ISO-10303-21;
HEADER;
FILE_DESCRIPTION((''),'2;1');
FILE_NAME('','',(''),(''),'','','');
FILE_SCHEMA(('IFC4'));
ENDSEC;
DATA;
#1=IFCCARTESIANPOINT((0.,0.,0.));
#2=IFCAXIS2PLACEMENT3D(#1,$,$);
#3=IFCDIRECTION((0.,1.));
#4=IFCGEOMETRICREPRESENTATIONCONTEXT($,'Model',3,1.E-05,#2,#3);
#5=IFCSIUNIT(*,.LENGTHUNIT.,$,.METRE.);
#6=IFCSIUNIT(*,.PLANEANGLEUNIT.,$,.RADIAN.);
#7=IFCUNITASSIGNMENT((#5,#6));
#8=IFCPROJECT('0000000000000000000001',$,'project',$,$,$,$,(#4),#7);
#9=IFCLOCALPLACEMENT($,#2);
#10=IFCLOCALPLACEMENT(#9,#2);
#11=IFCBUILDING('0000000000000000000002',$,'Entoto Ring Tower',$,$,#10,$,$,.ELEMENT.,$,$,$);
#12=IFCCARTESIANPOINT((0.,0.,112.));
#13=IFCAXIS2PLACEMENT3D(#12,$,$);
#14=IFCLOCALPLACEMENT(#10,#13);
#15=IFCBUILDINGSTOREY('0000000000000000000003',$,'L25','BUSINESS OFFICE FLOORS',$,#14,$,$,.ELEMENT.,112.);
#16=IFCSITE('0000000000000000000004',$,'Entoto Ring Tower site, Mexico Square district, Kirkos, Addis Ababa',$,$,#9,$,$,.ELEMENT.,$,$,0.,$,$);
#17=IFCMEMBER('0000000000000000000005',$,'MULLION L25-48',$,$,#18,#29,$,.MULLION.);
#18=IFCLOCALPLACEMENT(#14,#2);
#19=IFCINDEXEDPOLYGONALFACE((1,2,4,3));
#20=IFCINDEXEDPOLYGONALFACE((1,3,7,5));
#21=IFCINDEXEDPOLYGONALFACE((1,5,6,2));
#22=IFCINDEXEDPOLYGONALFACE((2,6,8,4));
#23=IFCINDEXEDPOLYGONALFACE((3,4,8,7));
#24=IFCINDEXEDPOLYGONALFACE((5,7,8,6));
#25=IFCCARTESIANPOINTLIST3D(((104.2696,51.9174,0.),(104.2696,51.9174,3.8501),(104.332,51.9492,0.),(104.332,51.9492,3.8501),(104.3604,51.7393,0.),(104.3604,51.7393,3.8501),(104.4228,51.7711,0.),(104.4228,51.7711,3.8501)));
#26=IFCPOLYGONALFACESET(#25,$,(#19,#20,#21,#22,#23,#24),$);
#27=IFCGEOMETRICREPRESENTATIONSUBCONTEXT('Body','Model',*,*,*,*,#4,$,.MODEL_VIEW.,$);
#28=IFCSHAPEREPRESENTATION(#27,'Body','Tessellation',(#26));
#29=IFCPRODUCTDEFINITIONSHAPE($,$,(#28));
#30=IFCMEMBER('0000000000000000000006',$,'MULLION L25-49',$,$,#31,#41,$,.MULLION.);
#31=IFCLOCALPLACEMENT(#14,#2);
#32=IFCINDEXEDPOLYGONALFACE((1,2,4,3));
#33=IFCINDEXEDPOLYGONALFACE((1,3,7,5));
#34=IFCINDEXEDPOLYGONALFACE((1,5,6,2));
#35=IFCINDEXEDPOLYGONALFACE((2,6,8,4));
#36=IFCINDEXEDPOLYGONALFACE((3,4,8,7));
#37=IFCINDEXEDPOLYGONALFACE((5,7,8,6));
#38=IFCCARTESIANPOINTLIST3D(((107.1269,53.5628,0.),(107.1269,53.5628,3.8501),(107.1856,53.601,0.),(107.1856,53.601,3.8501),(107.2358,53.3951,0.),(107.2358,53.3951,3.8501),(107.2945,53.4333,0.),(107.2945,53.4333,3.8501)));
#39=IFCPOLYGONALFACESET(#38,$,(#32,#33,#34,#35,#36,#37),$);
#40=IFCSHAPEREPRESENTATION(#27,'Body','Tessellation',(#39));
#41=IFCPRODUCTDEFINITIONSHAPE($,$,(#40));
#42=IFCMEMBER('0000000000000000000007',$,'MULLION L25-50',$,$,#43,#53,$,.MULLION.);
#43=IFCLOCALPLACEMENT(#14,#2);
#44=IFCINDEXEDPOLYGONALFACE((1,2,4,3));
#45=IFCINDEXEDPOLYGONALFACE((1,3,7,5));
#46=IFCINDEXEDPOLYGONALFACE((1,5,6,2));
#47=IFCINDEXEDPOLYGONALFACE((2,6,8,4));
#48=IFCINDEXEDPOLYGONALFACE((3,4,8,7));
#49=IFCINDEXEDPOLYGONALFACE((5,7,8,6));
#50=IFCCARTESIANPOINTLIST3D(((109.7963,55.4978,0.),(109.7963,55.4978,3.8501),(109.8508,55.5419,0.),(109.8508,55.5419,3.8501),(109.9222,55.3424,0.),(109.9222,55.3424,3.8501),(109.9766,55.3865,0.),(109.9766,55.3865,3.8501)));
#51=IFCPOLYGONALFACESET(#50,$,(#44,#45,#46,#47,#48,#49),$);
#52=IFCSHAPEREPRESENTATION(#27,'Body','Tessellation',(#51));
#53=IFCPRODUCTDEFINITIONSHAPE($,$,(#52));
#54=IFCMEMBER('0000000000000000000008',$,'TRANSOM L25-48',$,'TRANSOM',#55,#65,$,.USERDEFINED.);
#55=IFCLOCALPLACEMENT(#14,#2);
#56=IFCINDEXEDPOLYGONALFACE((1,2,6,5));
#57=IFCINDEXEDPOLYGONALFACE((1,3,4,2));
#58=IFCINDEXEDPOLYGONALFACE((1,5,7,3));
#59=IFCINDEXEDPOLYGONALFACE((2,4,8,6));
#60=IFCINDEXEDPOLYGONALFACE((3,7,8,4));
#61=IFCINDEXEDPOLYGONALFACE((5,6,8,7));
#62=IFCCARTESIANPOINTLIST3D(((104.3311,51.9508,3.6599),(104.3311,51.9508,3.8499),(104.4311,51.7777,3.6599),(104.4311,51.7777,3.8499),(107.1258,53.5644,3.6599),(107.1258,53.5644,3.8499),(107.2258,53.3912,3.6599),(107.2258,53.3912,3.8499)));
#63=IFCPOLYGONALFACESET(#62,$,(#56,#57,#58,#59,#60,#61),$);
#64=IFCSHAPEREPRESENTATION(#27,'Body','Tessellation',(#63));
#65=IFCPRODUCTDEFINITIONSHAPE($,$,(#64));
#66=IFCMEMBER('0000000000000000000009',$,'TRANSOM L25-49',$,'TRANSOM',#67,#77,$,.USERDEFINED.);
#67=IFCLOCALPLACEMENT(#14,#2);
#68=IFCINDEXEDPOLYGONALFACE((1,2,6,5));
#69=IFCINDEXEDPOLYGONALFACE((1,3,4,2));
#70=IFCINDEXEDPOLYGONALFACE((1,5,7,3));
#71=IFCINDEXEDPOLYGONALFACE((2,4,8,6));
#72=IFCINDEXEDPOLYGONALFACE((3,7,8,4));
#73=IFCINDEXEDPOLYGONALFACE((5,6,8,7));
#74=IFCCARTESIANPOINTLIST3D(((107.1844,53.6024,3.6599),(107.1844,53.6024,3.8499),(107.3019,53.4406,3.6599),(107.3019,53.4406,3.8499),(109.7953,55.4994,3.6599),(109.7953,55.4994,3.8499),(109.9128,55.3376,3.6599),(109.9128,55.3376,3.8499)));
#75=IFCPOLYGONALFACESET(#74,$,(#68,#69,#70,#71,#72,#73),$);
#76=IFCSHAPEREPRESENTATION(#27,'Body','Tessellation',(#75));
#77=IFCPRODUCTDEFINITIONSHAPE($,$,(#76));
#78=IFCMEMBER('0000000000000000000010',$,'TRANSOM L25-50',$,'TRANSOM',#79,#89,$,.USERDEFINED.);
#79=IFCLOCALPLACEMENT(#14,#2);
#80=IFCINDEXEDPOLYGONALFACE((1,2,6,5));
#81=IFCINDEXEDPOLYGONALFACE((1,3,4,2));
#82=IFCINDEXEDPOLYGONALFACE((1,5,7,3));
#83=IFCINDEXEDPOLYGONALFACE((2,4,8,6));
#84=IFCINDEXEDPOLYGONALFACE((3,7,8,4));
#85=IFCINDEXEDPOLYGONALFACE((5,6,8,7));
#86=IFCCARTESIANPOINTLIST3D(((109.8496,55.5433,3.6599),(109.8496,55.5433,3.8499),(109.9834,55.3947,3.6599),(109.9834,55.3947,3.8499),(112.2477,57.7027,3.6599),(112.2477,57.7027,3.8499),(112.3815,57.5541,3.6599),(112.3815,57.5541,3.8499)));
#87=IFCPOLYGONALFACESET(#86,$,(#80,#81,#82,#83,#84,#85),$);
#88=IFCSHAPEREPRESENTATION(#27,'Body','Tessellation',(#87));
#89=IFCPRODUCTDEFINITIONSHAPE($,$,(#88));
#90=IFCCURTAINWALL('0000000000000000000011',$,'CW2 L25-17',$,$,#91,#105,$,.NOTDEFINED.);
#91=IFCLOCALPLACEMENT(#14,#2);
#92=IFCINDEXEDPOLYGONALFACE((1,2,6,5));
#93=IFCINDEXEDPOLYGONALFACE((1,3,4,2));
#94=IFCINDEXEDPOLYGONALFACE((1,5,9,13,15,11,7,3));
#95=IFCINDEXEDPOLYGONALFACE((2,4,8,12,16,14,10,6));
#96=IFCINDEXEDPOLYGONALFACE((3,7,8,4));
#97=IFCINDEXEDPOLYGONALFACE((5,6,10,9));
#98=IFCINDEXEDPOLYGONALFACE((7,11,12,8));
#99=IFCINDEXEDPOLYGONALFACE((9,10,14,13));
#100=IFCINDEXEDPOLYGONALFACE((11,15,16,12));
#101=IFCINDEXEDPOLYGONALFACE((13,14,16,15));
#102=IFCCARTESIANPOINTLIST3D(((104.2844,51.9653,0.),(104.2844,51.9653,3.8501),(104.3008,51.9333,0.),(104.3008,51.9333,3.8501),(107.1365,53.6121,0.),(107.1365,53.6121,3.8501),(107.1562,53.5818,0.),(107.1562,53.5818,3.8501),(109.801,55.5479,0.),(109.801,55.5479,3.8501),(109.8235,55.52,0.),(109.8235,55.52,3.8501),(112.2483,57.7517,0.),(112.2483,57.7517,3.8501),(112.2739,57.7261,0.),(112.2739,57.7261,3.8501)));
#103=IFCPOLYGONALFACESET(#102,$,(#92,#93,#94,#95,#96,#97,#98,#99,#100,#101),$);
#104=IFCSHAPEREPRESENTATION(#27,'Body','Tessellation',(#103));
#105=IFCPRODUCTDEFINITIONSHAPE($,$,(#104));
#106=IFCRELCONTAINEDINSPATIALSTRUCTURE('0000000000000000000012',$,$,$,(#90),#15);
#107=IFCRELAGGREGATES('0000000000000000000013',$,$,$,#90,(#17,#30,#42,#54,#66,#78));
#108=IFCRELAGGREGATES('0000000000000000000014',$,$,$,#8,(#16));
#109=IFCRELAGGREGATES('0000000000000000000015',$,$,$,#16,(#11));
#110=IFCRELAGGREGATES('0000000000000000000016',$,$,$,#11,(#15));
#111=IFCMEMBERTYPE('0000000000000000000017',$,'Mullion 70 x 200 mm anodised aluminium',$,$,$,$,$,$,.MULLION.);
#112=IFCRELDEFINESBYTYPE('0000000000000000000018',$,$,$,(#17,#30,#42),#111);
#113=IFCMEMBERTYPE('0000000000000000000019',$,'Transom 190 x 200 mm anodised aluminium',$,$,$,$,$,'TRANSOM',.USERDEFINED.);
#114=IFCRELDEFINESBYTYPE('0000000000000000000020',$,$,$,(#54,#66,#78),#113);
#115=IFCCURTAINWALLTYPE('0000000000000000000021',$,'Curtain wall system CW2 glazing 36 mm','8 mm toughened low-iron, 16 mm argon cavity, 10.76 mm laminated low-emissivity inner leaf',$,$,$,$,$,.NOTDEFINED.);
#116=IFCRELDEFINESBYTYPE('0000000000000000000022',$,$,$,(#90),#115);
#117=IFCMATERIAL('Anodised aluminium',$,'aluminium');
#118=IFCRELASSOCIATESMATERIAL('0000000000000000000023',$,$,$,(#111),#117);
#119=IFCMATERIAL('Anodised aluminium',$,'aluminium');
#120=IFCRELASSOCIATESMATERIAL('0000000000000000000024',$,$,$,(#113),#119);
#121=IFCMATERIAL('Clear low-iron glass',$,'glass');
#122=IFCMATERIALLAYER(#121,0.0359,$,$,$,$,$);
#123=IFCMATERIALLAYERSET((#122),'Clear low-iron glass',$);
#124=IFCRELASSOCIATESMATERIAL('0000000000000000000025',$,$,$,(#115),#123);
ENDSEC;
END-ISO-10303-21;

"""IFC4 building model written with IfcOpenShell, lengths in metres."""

from ifc_helpers import new_model, si_unit, direction, frame, origin, origin_2d, place, context, subcontext, project, spatial, polyline, rectangle, outline, extrude, material, layer, layer_set, material_profile, profile_set, type_object, element, aggregate, save


model = new_model("IFC4")

# Units and contexts
model_context = context("Model", 3, precision=1e-05, world=origin(), true_north=direction((0.0, 1.0)))
body_context = subcontext(model_context, "Body", "Model", "MODEL_VIEW")
ifc_project = project(units=[si_unit("LENGTHUNIT", "METRE"), si_unit("PLANEANGLEUNIT", "RADIAN")], contexts=[model_context])

# Members
ifc_material_1 = material(Name="Anodised aluminium", Category="aluminium")
ifc_material_profile_1 = material_profile(ifc_material_1, rectangle(XDim=0.0701, YDim=0.2, at=origin_2d()), Name="Mullion 70 x 200 mm anodised aluminium")
ifc_profile_set_1 = profile_set([ifc_material_profile_1], Name="Anodised aluminium")
member_type_1 = type_object("IfcMemberType", Name="Mullion 70 x 200 mm anodised aluminium", PredefinedType="MULLION", material=ifc_profile_set_1)
site_placement = place(None, origin())
building_placement = place(site_placement, origin())
storey_placement = place(building_placement, frame((0.0, 0.0, 112.0)))
member_1_placement = place(storey_placement, frame((104.3462, 51.8442, 0.0), z_axis=(0.0, 0.0, 1.0), x_axis=(0.891007, 0.45399, 0.0)))
member_1 = element("IfcMember", 1, at=member_1_placement, type_object=member_type_1, Name="MULLION L25-48", PredefinedType="MULLION", context=body_context, shape_type="SweptSolid", body=[
    extrude(rectangle(XDim=0.0701, YDim=0.2, at=origin_2d()), origin(), (0.0, 0.0, 1.0), 3.8501),
])
member_2_placement = place(storey_placement, frame((107.2107, 53.498, 0.0), z_axis=(0.0, 0.0, 1.0), x_axis=(0.838671, 0.544639, 0.0)))
member_2 = element("IfcMember", 2, at=member_2_placement, type_object=member_type_1, Name="MULLION L25-49", PredefinedType="MULLION", context=body_context, shape_type="SweptSolid", body=[
    extrude(rectangle(XDim=0.0701, YDim=0.2, at=origin_2d()), origin(), (0.0, 0.0, 1.0), 3.8501),
])
member_3_placement = place(storey_placement, frame((109.8865, 55.4421, 0.0), z_axis=(0.0, 0.0, 1.0), x_axis=(0.777146, 0.62932, 0.0)))
member_3 = element("IfcMember", 3, at=member_3_placement, type_object=member_type_1, Name="MULLION L25-50", PredefinedType="MULLION", context=body_context, shape_type="SweptSolid", body=[
    extrude(rectangle(XDim=0.0701, YDim=0.2, at=origin_2d()), origin(), (0.0, 0.0, 1.0), 3.8501),
])
ifc_material_2 = material(Name="Anodised aluminium", Category="aluminium")
ifc_material_profile_2 = material_profile(ifc_material_2, rectangle(XDim=0.2, YDim=0.1899, at=origin_2d()), Name="Transom 190 x 200 mm anodised aluminium")
ifc_profile_set_2 = profile_set([ifc_material_profile_2], Name="Anodised aluminium")
member_type_2 = type_object("IfcMemberType", Name="Transom 190 x 200 mm anodised aluminium", ElementType="TRANSOM", PredefinedType="USERDEFINED", material=ifc_profile_set_2)
member_4_placement = place(storey_placement, frame((104.3811, 51.8643, 3.7549), z_axis=(0.866023, 0.500004, 0.0), x_axis=(-0.500004, 0.866023, 0.0)))
member_4 = element("IfcMember", 4, at=member_4_placement, type_object=member_type_2, Name="TRANSOM L25-48", ObjectType="TRANSOM", PredefinedType="USERDEFINED", context=body_context, shape_type="SweptSolid", body=[
    extrude(rectangle(XDim=0.2, YDim=0.1899, at=origin_2d()), origin(), (0.0, 0.0, 1.0), 3.2271),
])
member_5_placement = place(storey_placement, frame((107.2432, 53.5215, 3.7549), z_axis=(0.809004, 0.587803, 0.0), x_axis=(-0.587803, 0.809004, 0.0)))
member_5 = element("IfcMember", 5, at=member_5_placement, type_object=member_type_2, Name="TRANSOM L25-49", ObjectType="TRANSOM", PredefinedType="USERDEFINED", context=body_context, shape_type="SweptSolid", body=[
    extrude(rectangle(XDim=0.2, YDim=0.1899, at=origin_2d()), origin(), (0.0, 0.0, 1.0), 3.2273),
])
member_6_placement = place(storey_placement, frame((109.9165, 55.469, 3.7549), z_axis=(0.743132, 0.669144, 0.0), x_axis=(-0.669144, 0.743132, 0.0)))
member_6 = element("IfcMember", 6, at=member_6_placement, type_object=member_type_2, Name="TRANSOM L25-50", ObjectType="TRANSOM", PredefinedType="USERDEFINED", context=body_context, shape_type="SweptSolid", body=[
    extrude(rectangle(XDim=0.2, YDim=0.1899, at=origin_2d()), origin(), (0.0, 0.0, 1.0), 3.2271),
])

# Site, building, storey
site = spatial("IfcSite", under=ifc_project, at=site_placement, Name="Entoto Ring Tower site, Mexico Square district, Kirkos, Addis Ababa", CompositionType="ELEMENT", RefElevation=0.0)
building = spatial("IfcBuilding", under=site, at=building_placement, Name="Entoto Ring Tower", CompositionType="ELEMENT")
storey = spatial("IfcBuildingStorey", under=building, at=storey_placement, Name="L25", Description="BUSINESS OFFICE FLOORS", CompositionType="ELEMENT", Elevation=112.0)

# Curtain wall
ifc_material_3 = material(Name="Clear low-iron glass", Category="glass")
ifc_layer_1 = layer(ifc_material_3, 0.0359)
ifc_layer_set_1 = layer_set([ifc_layer_1], Name="Clear low-iron glass")
curtain_wall_type = type_object("IfcCurtainWallType", Name="Curtain wall system CW2 glazing 36 mm", Description="8 mm toughened low-iron, 16 mm argon cavity, 10.76 mm laminated low-emissivity inner leaf", PredefinedType="NOTDEFINED", material=ifc_layer_set_1)
curtain_wall_1_placement = place(storey_placement, origin())
curtain_wall_1 = element("IfcCurtainWall", 7, at=curtain_wall_1_placement, inside=storey, type_object=curtain_wall_type, Name="CW2 L25-17", PredefinedType="NOTDEFINED", context=body_context, shape_type="SweptSolid", body=[
    extrude(outline(polyline([(104.3008, 51.9333), (107.1562, 53.5818), (109.8235, 55.52), (112.2739, 57.7261), (112.2483, 57.7517), (109.801, 55.5479), (107.1365, 53.6121), (104.2844, 51.9653), (104.3008, 51.9333)])), origin(), (0.0, 0.0, 1.0), 3.8501),
])
aggregate(curtain_wall_1, [member_1, member_2, member_3, member_4, member_5, member_6])

save(model, "model.ifc")
